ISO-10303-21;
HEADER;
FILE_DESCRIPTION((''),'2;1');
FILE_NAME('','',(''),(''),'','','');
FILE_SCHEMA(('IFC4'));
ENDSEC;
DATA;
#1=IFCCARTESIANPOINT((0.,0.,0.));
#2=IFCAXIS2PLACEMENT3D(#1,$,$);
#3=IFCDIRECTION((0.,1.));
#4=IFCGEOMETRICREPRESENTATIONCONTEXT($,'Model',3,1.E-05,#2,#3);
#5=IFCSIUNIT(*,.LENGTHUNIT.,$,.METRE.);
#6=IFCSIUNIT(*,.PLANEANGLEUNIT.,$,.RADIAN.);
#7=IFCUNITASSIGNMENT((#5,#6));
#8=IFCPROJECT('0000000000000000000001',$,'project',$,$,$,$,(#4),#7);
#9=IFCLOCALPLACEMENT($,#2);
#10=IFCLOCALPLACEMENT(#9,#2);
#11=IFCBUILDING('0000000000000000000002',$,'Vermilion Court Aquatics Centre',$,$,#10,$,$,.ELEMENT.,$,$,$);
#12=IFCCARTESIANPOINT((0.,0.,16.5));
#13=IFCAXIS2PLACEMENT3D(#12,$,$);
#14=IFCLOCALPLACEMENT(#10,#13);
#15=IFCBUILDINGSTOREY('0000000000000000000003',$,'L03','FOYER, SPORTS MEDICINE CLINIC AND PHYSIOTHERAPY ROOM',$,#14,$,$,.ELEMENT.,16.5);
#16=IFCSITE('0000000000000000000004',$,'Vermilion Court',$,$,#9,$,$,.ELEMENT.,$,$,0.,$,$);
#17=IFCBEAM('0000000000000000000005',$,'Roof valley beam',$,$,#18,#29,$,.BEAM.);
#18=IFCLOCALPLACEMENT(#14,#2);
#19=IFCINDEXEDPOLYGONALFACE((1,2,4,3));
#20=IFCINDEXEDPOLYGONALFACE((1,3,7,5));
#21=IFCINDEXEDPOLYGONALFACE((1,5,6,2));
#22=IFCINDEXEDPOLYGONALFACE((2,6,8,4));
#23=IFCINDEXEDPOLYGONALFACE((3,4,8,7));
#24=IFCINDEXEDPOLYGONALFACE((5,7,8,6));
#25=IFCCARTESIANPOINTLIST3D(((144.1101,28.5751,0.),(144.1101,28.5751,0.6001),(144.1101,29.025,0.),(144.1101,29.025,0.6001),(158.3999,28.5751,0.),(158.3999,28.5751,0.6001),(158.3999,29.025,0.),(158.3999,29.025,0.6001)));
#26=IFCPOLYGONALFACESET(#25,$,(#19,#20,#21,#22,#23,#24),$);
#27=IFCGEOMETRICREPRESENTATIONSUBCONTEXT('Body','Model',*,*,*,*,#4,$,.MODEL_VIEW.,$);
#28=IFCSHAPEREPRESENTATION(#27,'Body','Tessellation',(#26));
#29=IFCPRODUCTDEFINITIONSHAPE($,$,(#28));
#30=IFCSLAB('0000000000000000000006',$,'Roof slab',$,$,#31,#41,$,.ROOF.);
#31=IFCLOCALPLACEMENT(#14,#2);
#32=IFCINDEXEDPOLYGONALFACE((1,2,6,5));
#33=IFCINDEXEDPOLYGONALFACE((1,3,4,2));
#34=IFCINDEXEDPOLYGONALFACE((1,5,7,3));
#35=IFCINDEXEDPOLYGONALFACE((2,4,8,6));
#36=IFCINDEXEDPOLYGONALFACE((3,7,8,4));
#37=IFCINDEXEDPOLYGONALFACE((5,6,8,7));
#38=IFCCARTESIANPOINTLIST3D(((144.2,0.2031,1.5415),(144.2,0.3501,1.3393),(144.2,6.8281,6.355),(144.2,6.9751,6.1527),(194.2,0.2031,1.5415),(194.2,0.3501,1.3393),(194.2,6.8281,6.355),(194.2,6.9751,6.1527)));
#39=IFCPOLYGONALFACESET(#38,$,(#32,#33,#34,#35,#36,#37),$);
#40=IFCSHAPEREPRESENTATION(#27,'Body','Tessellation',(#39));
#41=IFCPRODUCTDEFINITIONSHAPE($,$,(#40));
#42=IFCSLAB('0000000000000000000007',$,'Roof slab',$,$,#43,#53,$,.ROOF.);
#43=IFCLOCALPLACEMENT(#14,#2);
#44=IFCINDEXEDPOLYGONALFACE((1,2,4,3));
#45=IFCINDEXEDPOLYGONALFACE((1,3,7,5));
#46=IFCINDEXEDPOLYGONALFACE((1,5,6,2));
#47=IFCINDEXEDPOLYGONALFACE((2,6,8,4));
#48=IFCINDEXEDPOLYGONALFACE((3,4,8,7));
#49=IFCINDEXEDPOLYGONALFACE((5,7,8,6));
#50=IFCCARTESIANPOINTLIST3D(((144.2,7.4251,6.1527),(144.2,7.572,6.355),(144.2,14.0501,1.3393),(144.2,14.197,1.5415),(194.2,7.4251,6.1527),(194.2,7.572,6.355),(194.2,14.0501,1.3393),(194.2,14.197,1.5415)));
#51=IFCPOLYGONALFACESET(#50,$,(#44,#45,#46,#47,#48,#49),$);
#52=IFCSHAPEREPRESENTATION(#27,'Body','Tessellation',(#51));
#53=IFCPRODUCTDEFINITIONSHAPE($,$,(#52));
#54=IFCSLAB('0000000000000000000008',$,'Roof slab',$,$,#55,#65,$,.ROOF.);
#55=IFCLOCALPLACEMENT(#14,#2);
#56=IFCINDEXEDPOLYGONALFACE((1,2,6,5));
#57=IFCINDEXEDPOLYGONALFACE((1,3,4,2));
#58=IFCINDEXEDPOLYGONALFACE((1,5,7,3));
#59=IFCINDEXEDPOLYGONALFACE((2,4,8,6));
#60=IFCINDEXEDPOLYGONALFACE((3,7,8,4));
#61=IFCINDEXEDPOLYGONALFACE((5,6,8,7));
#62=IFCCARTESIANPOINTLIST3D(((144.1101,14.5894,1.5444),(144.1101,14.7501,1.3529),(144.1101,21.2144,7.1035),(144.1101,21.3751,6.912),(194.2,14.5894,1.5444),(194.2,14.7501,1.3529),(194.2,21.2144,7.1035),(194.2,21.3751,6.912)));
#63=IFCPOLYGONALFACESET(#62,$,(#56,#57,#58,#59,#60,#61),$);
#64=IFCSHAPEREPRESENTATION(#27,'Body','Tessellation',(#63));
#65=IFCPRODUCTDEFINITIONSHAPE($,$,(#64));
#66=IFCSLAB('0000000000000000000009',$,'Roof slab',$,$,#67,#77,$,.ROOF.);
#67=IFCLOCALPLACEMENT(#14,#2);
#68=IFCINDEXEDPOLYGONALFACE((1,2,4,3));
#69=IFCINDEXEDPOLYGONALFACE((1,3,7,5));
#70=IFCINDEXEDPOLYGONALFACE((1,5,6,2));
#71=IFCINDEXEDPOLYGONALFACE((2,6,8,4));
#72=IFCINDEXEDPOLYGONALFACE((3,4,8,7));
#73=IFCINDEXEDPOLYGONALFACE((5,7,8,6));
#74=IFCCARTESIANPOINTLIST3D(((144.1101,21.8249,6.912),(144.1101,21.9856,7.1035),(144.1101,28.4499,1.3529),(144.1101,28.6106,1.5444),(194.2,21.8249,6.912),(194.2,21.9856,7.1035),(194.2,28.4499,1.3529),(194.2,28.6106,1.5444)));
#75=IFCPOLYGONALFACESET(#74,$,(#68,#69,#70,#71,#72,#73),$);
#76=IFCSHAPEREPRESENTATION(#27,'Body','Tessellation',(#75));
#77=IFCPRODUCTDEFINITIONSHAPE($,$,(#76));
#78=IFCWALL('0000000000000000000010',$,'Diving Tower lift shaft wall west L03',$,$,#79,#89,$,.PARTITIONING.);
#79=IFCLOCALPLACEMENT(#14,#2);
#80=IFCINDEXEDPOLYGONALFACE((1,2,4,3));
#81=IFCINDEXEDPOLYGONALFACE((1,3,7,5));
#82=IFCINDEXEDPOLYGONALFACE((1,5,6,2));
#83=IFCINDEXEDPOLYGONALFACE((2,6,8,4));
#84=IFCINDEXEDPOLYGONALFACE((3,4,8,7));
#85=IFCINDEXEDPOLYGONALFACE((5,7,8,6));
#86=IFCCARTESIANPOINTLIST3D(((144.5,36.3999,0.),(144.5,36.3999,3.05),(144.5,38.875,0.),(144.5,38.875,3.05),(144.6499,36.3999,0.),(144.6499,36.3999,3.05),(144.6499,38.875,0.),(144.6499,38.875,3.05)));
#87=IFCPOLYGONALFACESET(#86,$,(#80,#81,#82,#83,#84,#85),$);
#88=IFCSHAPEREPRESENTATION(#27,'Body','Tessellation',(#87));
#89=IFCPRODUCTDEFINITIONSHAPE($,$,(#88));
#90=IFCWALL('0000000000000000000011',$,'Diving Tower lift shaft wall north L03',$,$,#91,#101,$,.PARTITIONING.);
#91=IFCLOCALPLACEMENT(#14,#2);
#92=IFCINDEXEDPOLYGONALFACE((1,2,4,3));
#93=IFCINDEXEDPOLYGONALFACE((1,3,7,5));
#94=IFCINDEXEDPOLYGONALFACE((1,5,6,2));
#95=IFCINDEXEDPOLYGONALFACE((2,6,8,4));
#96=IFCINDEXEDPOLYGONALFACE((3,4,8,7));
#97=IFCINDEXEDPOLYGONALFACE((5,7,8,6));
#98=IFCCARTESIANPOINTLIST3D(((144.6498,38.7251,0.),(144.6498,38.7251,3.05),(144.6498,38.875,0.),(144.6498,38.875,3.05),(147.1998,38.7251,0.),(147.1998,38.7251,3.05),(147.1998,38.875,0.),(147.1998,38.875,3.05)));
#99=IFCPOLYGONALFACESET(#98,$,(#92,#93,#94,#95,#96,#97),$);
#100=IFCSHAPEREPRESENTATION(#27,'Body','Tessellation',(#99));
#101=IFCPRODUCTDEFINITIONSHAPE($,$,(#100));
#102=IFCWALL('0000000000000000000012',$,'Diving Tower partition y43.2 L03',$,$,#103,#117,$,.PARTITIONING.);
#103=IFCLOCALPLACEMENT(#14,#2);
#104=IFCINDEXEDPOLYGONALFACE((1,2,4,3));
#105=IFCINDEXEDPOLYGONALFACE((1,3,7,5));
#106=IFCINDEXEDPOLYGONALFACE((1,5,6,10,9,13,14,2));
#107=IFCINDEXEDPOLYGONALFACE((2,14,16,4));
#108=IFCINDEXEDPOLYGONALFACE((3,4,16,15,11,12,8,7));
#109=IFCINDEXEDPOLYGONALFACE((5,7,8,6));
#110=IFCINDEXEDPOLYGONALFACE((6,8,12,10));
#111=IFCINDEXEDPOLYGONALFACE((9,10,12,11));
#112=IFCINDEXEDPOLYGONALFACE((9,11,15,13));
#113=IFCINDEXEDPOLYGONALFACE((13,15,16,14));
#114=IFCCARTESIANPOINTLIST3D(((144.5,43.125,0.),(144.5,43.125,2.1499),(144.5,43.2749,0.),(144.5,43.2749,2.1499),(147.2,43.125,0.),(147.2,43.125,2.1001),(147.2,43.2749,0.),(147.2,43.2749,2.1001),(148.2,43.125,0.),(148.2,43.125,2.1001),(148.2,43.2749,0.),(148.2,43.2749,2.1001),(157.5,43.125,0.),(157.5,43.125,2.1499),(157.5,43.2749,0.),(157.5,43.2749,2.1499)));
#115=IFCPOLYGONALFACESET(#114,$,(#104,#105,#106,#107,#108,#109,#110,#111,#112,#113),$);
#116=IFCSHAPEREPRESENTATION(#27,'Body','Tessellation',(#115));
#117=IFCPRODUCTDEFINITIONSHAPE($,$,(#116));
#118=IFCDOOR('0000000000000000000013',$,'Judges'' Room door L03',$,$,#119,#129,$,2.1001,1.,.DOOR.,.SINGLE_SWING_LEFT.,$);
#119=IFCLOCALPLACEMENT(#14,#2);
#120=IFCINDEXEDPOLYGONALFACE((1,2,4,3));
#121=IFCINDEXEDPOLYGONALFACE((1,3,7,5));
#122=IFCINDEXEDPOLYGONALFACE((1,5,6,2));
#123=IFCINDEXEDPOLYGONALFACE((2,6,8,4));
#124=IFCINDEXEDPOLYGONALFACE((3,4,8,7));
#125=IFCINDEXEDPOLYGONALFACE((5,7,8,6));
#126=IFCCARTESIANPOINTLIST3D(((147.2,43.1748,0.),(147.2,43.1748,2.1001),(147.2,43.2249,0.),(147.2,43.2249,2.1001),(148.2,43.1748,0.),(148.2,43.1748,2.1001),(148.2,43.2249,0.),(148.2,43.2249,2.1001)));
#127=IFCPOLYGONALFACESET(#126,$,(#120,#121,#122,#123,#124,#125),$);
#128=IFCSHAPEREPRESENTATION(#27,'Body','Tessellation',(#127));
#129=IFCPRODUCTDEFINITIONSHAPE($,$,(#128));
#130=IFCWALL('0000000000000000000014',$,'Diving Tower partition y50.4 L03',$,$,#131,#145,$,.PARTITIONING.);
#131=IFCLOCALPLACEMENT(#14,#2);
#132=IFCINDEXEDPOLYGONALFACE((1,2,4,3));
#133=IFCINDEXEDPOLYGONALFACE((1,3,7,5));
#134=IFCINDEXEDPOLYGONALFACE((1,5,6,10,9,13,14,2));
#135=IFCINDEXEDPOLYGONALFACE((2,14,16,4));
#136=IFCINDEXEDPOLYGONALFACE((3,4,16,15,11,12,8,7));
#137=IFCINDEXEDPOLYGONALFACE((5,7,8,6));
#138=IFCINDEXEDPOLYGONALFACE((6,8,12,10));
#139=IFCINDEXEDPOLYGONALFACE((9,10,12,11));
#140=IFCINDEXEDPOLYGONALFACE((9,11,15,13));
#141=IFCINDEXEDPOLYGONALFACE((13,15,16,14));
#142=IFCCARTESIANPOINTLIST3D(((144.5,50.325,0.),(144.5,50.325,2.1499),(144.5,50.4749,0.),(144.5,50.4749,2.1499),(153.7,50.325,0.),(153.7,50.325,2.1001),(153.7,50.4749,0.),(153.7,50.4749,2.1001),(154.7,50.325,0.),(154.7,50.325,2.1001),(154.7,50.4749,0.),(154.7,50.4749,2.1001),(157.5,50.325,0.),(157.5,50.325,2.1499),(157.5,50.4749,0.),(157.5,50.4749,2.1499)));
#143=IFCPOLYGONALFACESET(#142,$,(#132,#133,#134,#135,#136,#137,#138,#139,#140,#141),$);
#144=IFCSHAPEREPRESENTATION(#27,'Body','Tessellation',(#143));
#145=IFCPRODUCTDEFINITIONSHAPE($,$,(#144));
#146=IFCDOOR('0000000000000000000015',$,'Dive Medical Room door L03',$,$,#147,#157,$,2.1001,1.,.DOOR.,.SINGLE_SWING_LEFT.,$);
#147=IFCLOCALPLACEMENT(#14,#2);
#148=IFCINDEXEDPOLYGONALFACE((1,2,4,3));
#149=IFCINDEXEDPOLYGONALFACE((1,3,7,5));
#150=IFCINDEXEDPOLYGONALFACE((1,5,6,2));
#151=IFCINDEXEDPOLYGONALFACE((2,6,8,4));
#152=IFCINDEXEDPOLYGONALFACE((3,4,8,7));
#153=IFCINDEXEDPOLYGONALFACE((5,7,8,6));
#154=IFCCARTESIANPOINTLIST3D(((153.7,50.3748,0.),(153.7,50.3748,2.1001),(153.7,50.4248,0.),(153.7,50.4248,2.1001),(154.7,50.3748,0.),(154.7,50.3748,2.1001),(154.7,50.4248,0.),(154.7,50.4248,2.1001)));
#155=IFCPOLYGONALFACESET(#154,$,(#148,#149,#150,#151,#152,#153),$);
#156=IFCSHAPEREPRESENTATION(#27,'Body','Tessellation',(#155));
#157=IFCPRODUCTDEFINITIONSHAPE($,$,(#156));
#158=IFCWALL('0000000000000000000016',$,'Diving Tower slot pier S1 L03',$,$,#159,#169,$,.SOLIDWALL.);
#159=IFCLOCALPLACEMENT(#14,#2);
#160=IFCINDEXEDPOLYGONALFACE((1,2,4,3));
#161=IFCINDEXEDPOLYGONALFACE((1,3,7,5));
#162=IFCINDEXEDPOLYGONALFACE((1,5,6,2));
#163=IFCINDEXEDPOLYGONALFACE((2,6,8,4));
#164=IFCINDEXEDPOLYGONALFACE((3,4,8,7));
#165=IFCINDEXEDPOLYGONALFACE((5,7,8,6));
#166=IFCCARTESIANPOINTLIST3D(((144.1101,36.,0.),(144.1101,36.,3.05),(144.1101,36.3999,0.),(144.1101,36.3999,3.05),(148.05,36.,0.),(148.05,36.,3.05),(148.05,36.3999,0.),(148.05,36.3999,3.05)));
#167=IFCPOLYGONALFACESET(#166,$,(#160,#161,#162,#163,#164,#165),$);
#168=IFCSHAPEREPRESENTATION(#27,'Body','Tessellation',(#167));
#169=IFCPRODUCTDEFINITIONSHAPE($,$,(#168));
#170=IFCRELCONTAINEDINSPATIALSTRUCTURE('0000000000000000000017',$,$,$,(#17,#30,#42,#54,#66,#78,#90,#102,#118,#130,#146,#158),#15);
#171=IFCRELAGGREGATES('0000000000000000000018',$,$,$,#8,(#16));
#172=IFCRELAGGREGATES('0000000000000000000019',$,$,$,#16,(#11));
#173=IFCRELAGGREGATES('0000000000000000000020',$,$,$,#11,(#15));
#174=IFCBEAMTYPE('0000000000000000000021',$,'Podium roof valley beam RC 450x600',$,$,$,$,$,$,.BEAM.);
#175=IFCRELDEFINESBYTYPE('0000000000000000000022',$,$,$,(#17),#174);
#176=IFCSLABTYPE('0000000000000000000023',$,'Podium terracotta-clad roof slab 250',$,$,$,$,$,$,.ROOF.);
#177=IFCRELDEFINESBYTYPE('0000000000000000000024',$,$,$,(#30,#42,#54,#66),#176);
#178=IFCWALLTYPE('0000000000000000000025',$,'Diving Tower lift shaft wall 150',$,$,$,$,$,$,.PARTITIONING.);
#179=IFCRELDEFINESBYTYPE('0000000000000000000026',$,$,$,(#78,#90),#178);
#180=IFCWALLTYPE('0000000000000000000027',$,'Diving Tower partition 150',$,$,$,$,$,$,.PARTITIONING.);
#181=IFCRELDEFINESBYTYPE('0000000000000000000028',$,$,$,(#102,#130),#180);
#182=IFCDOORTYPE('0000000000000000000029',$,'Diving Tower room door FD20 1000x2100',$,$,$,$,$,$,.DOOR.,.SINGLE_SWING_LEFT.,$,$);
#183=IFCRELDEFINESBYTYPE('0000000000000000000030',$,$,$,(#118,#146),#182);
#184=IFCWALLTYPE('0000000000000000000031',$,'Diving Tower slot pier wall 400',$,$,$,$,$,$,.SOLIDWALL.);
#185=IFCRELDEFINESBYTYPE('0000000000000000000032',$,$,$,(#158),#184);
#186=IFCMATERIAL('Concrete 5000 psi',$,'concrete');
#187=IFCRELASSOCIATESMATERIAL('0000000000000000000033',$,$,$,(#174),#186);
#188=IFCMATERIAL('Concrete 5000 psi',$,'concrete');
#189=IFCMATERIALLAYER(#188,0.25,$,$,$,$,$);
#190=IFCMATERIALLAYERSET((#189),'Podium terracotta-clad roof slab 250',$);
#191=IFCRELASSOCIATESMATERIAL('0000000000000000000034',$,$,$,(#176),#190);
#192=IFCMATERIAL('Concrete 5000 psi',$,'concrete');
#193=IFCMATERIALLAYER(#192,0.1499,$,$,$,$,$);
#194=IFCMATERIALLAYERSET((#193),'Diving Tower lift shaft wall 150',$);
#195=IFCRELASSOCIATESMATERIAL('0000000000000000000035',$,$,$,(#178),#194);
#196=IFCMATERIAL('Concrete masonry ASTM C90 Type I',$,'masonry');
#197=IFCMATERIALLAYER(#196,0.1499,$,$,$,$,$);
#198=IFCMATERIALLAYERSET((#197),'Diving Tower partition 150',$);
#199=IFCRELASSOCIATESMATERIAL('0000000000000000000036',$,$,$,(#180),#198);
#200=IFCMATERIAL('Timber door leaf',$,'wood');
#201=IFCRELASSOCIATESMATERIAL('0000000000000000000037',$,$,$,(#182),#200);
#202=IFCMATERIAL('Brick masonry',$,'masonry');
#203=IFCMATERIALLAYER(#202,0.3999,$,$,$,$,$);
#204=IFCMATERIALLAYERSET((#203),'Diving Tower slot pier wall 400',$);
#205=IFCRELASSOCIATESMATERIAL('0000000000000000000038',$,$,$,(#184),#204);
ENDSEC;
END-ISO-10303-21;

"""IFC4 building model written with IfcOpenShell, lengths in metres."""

from ifc_helpers import new_model, si_unit, direction, frame, frame_2d, origin, origin_2d, place, context, subcontext, project, spatial, polyline, rectangle, outline, extrude, material, layer, layer_set, material_profile, profile_set, type_object, element, fill, save


model = new_model("IFC4")

# Units and contexts
model_context = context("Model", 3, precision=1e-05, world=origin(), true_north=direction((0.0, 1.0)))
body_context = subcontext(model_context, "Body", "Model", "MODEL_VIEW")
ifc_project = project(units=[si_unit("LENGTHUNIT", "METRE"), si_unit("PLANEANGLEUNIT", "RADIAN")], contexts=[model_context])

# Site, building, storey
site_placement = place(None, origin())
site = spatial("IfcSite", under=ifc_project, at=site_placement, Name="Vermilion Court", CompositionType="ELEMENT", RefElevation=0.0)
building_placement = place(site_placement, origin())
building = spatial("IfcBuilding", under=site, at=building_placement, Name="Vermilion Court Aquatics Centre", CompositionType="ELEMENT")
storey_placement = place(building_placement, frame((0.0, 0.0, 16.5)))
storey = spatial("IfcBuildingStorey", under=building, at=storey_placement, Name="L03", Description="FOYER, SPORTS MEDICINE CLINIC AND PHYSIOTHERAPY ROOM", CompositionType="ELEMENT", Elevation=16.5)

# Beam
ifc_material_1 = material(Name="Concrete 5000 psi", Category="concrete")
ifc_material_profile_1 = material_profile(ifc_material_1, rectangle(XDim=0.45, YDim=0.6001, at=origin_2d()), Name="RC 450x600")
ifc_profile_set_1 = profile_set([ifc_material_profile_1], Name="Concrete 5000 psi")
beam_type_1 = type_object("IfcBeamType", Name="Podium roof valley beam RC 450x600", PredefinedType="BEAM", material=ifc_profile_set_1)
for number, where, z_axis, x_axis, name in (
    (1, (144.1101, 28.8, 0.3), (1.0, 0.0, 0.0), (0.0, 1.0, 0.0), "Roof valley beam"),
):
    element("IfcBeam", number, at=place(storey_placement, frame(where, z_axis=z_axis, x_axis=x_axis)), inside=storey, type_object=beam_type_1, Name=name, PredefinedType="BEAM", context=body_context, shape_type="SweptSolid", body=[
        extrude(rectangle(XDim=0.45, YDim=0.6001, at=origin_2d()), origin(), (0.0, 0.0, 1.0), 14.2898),
    ])

# Slabs
ifc_material_2 = material(Name="Concrete 5000 psi", Category="concrete")
ifc_layer_1 = layer(ifc_material_2, 0.25)
ifc_layer_set_1 = layer_set([ifc_layer_1], Name="Podium terracotta-clad roof slab 250")
slab_type = type_object("IfcSlabType", Name="Podium terracotta-clad roof slab 250", PredefinedType="ROOF", material=ifc_layer_set_1)
slab_1_placement = place(storey_placement, frame((144.2, 0.2031, 1.5415), z_axis=(0.0, -0.587796, 0.809009), x_axis=(1.0, 0.0, 0.0)))
element("IfcSlab", 2, at=slab_1_placement, inside=storey, type_object=slab_type, Name="Roof slab", PredefinedType="ROOF", context=body_context, shape_type="SweptSolid", body=[
    extrude(outline(polyline([(0.0, 0.0), (50.0, 0.0), (50.0, 8.189), (0.0, 8.189), (0.0, 0.0)])), origin(), (0.0, 0.0, -1.0), 0.25),
])
slab_2_placement = place(storey_placement, frame((144.2, 14.197, 1.5415), z_axis=(0.0, 0.587796, 0.809009), x_axis=(1.0, 0.0, 0.0)))
element("IfcSlab", 3, at=slab_2_placement, inside=storey, type_object=slab_type, Name="Roof slab", PredefinedType="ROOF", context=body_context, shape_type="SweptSolid", body=[
    extrude(outline(polyline([(0.0, 0.0), (50.0, 0.0), (50.0, -8.189), (0.0, -8.189), (0.0, 0.0)])), origin(), (0.0, 0.0, -1.0), 0.25),
])
slab_3_placement = place(storey_placement, frame((144.1101, 14.5894, 1.5444), z_axis=(0.0, -0.642791, 0.766042), x_axis=(1.0, 0.0, 0.0)))
element("IfcSlab", 4, at=slab_3_placement, inside=storey, type_object=slab_type, Name="Roof slab", PredefinedType="ROOF", context=body_context, shape_type="SweptSolid", body=[
    extrude(outline(polyline([(0.0, 0.0), (50.0898, 0.0), (50.0898, 8.6484), (0.0, 8.6484), (0.0, 0.0)])), origin(), (0.0, 0.0, -1.0), 0.25),
])
slab_4_placement = place(storey_placement, frame((144.1101, 28.6106, 1.5444), z_axis=(0.0, 0.642791, 0.766042), x_axis=(1.0, 0.0, 0.0)))
element("IfcSlab", 5, at=slab_4_placement, inside=storey, type_object=slab_type, Name="Roof slab", PredefinedType="ROOF", context=body_context, shape_type="SweptSolid", body=[
    extrude(outline(polyline([(0.0, 0.0), (50.0898, 0.0), (50.0898, -8.6484), (0.0, -8.6484), (0.0, 0.0)])), origin(), (0.0, 0.0, -1.0), 0.25),
])

# Walls
ifc_material_3 = material(Name="Concrete 5000 psi", Category="concrete")
ifc_layer_2 = layer(ifc_material_3, 0.1499)
ifc_layer_set_2 = layer_set([ifc_layer_2], Name="Diving Tower lift shaft wall 150")
wall_type_1 = type_object("IfcWallType", Name="Diving Tower lift shaft wall 150", PredefinedType="PARTITIONING", material=ifc_layer_set_2)
wall_1_placement = place(storey_placement, frame((144.575, 36.3999, 0.0), z_axis=(0.0, 0.0, 1.0), x_axis=(0.0, 1.0, 0.0)))
element("IfcWall", 6, at=wall_1_placement, inside=storey, type_object=wall_type_1, Name="Diving Tower lift shaft wall west L03", PredefinedType="PARTITIONING", context=body_context, shape_type="SweptSolid", body=[
    extrude(rectangle(XDim=2.4751, YDim=0.1499, at=frame_2d((1.2375, 0.0))), origin(), (0.0, 0.0, 1.0), 3.05),
])
wall_2_placement = place(storey_placement, frame((144.6499, 38.8, 0.0), z_axis=(0.0, 0.0, 1.0), x_axis=(1.0, 0.0, 0.0)))
element("IfcWall", 7, at=wall_2_placement, inside=storey, type_object=wall_type_1, Name="Diving Tower lift shaft wall north L03", PredefinedType="PARTITIONING", context=body_context, shape_type="SweptSolid", body=[
    extrude(rectangle(XDim=2.55, YDim=0.1499, at=frame_2d((1.2749, 0.0))), origin(), (0.0, 0.0, 1.0), 3.05),
])

# Walls, openings, doors
ifc_material_4 = material(Name="Concrete masonry ASTM C90 Type I", Category="masonry")
ifc_layer_3 = layer(ifc_material_4, 0.1499)
ifc_layer_set_3 = layer_set([ifc_layer_3], Name="Diving Tower partition 150")
wall_type_2 = type_object("IfcWallType", Name="Diving Tower partition 150", PredefinedType="PARTITIONING", material=ifc_layer_set_3)
wall_3_placement = place(storey_placement, frame((144.5, 43.2, 0.0), z_axis=(0.0, 0.0, 1.0), x_axis=(1.0, 0.0, 0.0)))
wall_3 = element("IfcWall", 8, at=wall_3_placement, inside=storey, type_object=wall_type_2, Name="Diving Tower partition y43.2 L03", PredefinedType="PARTITIONING", context=body_context, shape_type="SweptSolid", body=[
    extrude(rectangle(XDim=13.0, YDim=0.1499, at=frame_2d((6.5, 0.0))), origin(), (0.0, 0.0, 1.0), 2.1499),
])
opening_1_placement = place(wall_3_placement, frame((2.7, 0.0, 0.0)))
opening_1 = element("IfcOpeningElement", 9, at=opening_1_placement, cuts=wall_3, PredefinedType="OPENING", context=body_context, shape_type="SweptSolid", body=[
    extrude(rectangle(XDim=1.0, YDim=2.1001, at=frame_2d((0.5, 1.05))), frame((0.0, 0.085, 0.0), z_axis=(0.0, -1.0, 0.0), x_axis=(1.0, 0.0, 0.0)), (0.0, 0.0, 1.0), 0.1699),
])
ifc_material_5 = material(Name="Timber door leaf", Category="wood")
door_type = type_object("IfcDoorType", Name="Diving Tower room door FD20 1000x2100", OperationType="SINGLE_SWING_LEFT", PredefinedType="DOOR", material=ifc_material_5)
door_1_placement = place(opening_1_placement, origin())
door_1 = element("IfcDoor", 10, at=door_1_placement, inside=storey, type_object=door_type, Name="Judges' Room door L03", OperationType="SINGLE_SWING_LEFT", OverallHeight=2.1001, OverallWidth=1.0, PredefinedType="DOOR", context=body_context, shape_type="SweptSolid", body=[
    extrude(rectangle(XDim=1.0, YDim=2.1001, at=frame_2d((0.5, 1.05))), frame((0.0, 0.0249, 0.0), z_axis=(0.0, -1.0, 0.0), x_axis=(1.0, 0.0, 0.0)), (0.0, 0.0, 1.0), 0.05),
])
fill(opening_1, door_1)
wall_4_placement = place(storey_placement, frame((144.5, 50.3999, 0.0), z_axis=(0.0, 0.0, 1.0), x_axis=(1.0, 0.0, 0.0)))
wall_4 = element("IfcWall", 11, at=wall_4_placement, inside=storey, type_object=wall_type_2, Name="Diving Tower partition y50.4 L03", PredefinedType="PARTITIONING", context=body_context, shape_type="SweptSolid", body=[
    extrude(rectangle(XDim=13.0, YDim=0.1499, at=frame_2d((6.5, 0.0))), origin(), (0.0, 0.0, 1.0), 2.1499),
])
opening_2_placement = place(wall_4_placement, frame((9.2, 0.0, 0.0)))
opening_2 = element("IfcOpeningElement", 12, at=opening_2_placement, cuts=wall_4, PredefinedType="OPENING", context=body_context, shape_type="SweptSolid", body=[
    extrude(rectangle(XDim=1.0, YDim=2.1001, at=frame_2d((0.5, 1.05))), frame((0.0, 0.085, 0.0), z_axis=(0.0, -1.0, 0.0), x_axis=(1.0, 0.0, 0.0)), (0.0, 0.0, 1.0), 0.1699),
])
door_2_placement = place(opening_2_placement, frame((1.0, 0.0, 0.0), z_axis=(0.0, 0.0, 1.0), x_axis=(-1.0, 0.0, 0.0)))
door_2 = element("IfcDoor", 13, at=door_2_placement, inside=storey, type_object=door_type, Name="Dive Medical Room door L03", OperationType="SINGLE_SWING_LEFT", OverallHeight=2.1001, OverallWidth=1.0, PredefinedType="DOOR", context=body_context, shape_type="SweptSolid", body=[
    extrude(rectangle(XDim=1.0, YDim=2.1001, at=frame_2d((0.5, 1.05))), frame((0.0, 0.0251, 0.0), z_axis=(0.0, -1.0, 0.0), x_axis=(1.0, 0.0, 0.0)), (0.0, 0.0, 1.0), 0.05),
])
fill(opening_2, door_2)

# Wall
ifc_material_6 = material(Name="Brick masonry", Category="masonry")
ifc_layer_4 = layer(ifc_material_6, 0.3999)
ifc_layer_set_4 = layer_set([ifc_layer_4], Name="Diving Tower slot pier wall 400")
wall_type_3 = type_object("IfcWallType", Name="Diving Tower slot pier wall 400", PredefinedType="SOLIDWALL", material=ifc_layer_set_4)
wall_5_placement = place(storey_placement, frame((144.1101, 36.2, 0.0), z_axis=(0.0, 0.0, 1.0), x_axis=(1.0, 0.0, 0.0)))
element("IfcWall", 14, at=wall_5_placement, inside=storey, type_object=wall_type_3, Name="Diving Tower slot pier S1 L03", PredefinedType="SOLIDWALL", context=body_context, shape_type="SweptSolid", body=[
    extrude(rectangle(XDim=3.9399, YDim=0.3999, at=frame_2d((1.97, 0.0))), origin(), (0.0, 0.0, 1.0), 3.05),
])

save(model, "model.ifc")
